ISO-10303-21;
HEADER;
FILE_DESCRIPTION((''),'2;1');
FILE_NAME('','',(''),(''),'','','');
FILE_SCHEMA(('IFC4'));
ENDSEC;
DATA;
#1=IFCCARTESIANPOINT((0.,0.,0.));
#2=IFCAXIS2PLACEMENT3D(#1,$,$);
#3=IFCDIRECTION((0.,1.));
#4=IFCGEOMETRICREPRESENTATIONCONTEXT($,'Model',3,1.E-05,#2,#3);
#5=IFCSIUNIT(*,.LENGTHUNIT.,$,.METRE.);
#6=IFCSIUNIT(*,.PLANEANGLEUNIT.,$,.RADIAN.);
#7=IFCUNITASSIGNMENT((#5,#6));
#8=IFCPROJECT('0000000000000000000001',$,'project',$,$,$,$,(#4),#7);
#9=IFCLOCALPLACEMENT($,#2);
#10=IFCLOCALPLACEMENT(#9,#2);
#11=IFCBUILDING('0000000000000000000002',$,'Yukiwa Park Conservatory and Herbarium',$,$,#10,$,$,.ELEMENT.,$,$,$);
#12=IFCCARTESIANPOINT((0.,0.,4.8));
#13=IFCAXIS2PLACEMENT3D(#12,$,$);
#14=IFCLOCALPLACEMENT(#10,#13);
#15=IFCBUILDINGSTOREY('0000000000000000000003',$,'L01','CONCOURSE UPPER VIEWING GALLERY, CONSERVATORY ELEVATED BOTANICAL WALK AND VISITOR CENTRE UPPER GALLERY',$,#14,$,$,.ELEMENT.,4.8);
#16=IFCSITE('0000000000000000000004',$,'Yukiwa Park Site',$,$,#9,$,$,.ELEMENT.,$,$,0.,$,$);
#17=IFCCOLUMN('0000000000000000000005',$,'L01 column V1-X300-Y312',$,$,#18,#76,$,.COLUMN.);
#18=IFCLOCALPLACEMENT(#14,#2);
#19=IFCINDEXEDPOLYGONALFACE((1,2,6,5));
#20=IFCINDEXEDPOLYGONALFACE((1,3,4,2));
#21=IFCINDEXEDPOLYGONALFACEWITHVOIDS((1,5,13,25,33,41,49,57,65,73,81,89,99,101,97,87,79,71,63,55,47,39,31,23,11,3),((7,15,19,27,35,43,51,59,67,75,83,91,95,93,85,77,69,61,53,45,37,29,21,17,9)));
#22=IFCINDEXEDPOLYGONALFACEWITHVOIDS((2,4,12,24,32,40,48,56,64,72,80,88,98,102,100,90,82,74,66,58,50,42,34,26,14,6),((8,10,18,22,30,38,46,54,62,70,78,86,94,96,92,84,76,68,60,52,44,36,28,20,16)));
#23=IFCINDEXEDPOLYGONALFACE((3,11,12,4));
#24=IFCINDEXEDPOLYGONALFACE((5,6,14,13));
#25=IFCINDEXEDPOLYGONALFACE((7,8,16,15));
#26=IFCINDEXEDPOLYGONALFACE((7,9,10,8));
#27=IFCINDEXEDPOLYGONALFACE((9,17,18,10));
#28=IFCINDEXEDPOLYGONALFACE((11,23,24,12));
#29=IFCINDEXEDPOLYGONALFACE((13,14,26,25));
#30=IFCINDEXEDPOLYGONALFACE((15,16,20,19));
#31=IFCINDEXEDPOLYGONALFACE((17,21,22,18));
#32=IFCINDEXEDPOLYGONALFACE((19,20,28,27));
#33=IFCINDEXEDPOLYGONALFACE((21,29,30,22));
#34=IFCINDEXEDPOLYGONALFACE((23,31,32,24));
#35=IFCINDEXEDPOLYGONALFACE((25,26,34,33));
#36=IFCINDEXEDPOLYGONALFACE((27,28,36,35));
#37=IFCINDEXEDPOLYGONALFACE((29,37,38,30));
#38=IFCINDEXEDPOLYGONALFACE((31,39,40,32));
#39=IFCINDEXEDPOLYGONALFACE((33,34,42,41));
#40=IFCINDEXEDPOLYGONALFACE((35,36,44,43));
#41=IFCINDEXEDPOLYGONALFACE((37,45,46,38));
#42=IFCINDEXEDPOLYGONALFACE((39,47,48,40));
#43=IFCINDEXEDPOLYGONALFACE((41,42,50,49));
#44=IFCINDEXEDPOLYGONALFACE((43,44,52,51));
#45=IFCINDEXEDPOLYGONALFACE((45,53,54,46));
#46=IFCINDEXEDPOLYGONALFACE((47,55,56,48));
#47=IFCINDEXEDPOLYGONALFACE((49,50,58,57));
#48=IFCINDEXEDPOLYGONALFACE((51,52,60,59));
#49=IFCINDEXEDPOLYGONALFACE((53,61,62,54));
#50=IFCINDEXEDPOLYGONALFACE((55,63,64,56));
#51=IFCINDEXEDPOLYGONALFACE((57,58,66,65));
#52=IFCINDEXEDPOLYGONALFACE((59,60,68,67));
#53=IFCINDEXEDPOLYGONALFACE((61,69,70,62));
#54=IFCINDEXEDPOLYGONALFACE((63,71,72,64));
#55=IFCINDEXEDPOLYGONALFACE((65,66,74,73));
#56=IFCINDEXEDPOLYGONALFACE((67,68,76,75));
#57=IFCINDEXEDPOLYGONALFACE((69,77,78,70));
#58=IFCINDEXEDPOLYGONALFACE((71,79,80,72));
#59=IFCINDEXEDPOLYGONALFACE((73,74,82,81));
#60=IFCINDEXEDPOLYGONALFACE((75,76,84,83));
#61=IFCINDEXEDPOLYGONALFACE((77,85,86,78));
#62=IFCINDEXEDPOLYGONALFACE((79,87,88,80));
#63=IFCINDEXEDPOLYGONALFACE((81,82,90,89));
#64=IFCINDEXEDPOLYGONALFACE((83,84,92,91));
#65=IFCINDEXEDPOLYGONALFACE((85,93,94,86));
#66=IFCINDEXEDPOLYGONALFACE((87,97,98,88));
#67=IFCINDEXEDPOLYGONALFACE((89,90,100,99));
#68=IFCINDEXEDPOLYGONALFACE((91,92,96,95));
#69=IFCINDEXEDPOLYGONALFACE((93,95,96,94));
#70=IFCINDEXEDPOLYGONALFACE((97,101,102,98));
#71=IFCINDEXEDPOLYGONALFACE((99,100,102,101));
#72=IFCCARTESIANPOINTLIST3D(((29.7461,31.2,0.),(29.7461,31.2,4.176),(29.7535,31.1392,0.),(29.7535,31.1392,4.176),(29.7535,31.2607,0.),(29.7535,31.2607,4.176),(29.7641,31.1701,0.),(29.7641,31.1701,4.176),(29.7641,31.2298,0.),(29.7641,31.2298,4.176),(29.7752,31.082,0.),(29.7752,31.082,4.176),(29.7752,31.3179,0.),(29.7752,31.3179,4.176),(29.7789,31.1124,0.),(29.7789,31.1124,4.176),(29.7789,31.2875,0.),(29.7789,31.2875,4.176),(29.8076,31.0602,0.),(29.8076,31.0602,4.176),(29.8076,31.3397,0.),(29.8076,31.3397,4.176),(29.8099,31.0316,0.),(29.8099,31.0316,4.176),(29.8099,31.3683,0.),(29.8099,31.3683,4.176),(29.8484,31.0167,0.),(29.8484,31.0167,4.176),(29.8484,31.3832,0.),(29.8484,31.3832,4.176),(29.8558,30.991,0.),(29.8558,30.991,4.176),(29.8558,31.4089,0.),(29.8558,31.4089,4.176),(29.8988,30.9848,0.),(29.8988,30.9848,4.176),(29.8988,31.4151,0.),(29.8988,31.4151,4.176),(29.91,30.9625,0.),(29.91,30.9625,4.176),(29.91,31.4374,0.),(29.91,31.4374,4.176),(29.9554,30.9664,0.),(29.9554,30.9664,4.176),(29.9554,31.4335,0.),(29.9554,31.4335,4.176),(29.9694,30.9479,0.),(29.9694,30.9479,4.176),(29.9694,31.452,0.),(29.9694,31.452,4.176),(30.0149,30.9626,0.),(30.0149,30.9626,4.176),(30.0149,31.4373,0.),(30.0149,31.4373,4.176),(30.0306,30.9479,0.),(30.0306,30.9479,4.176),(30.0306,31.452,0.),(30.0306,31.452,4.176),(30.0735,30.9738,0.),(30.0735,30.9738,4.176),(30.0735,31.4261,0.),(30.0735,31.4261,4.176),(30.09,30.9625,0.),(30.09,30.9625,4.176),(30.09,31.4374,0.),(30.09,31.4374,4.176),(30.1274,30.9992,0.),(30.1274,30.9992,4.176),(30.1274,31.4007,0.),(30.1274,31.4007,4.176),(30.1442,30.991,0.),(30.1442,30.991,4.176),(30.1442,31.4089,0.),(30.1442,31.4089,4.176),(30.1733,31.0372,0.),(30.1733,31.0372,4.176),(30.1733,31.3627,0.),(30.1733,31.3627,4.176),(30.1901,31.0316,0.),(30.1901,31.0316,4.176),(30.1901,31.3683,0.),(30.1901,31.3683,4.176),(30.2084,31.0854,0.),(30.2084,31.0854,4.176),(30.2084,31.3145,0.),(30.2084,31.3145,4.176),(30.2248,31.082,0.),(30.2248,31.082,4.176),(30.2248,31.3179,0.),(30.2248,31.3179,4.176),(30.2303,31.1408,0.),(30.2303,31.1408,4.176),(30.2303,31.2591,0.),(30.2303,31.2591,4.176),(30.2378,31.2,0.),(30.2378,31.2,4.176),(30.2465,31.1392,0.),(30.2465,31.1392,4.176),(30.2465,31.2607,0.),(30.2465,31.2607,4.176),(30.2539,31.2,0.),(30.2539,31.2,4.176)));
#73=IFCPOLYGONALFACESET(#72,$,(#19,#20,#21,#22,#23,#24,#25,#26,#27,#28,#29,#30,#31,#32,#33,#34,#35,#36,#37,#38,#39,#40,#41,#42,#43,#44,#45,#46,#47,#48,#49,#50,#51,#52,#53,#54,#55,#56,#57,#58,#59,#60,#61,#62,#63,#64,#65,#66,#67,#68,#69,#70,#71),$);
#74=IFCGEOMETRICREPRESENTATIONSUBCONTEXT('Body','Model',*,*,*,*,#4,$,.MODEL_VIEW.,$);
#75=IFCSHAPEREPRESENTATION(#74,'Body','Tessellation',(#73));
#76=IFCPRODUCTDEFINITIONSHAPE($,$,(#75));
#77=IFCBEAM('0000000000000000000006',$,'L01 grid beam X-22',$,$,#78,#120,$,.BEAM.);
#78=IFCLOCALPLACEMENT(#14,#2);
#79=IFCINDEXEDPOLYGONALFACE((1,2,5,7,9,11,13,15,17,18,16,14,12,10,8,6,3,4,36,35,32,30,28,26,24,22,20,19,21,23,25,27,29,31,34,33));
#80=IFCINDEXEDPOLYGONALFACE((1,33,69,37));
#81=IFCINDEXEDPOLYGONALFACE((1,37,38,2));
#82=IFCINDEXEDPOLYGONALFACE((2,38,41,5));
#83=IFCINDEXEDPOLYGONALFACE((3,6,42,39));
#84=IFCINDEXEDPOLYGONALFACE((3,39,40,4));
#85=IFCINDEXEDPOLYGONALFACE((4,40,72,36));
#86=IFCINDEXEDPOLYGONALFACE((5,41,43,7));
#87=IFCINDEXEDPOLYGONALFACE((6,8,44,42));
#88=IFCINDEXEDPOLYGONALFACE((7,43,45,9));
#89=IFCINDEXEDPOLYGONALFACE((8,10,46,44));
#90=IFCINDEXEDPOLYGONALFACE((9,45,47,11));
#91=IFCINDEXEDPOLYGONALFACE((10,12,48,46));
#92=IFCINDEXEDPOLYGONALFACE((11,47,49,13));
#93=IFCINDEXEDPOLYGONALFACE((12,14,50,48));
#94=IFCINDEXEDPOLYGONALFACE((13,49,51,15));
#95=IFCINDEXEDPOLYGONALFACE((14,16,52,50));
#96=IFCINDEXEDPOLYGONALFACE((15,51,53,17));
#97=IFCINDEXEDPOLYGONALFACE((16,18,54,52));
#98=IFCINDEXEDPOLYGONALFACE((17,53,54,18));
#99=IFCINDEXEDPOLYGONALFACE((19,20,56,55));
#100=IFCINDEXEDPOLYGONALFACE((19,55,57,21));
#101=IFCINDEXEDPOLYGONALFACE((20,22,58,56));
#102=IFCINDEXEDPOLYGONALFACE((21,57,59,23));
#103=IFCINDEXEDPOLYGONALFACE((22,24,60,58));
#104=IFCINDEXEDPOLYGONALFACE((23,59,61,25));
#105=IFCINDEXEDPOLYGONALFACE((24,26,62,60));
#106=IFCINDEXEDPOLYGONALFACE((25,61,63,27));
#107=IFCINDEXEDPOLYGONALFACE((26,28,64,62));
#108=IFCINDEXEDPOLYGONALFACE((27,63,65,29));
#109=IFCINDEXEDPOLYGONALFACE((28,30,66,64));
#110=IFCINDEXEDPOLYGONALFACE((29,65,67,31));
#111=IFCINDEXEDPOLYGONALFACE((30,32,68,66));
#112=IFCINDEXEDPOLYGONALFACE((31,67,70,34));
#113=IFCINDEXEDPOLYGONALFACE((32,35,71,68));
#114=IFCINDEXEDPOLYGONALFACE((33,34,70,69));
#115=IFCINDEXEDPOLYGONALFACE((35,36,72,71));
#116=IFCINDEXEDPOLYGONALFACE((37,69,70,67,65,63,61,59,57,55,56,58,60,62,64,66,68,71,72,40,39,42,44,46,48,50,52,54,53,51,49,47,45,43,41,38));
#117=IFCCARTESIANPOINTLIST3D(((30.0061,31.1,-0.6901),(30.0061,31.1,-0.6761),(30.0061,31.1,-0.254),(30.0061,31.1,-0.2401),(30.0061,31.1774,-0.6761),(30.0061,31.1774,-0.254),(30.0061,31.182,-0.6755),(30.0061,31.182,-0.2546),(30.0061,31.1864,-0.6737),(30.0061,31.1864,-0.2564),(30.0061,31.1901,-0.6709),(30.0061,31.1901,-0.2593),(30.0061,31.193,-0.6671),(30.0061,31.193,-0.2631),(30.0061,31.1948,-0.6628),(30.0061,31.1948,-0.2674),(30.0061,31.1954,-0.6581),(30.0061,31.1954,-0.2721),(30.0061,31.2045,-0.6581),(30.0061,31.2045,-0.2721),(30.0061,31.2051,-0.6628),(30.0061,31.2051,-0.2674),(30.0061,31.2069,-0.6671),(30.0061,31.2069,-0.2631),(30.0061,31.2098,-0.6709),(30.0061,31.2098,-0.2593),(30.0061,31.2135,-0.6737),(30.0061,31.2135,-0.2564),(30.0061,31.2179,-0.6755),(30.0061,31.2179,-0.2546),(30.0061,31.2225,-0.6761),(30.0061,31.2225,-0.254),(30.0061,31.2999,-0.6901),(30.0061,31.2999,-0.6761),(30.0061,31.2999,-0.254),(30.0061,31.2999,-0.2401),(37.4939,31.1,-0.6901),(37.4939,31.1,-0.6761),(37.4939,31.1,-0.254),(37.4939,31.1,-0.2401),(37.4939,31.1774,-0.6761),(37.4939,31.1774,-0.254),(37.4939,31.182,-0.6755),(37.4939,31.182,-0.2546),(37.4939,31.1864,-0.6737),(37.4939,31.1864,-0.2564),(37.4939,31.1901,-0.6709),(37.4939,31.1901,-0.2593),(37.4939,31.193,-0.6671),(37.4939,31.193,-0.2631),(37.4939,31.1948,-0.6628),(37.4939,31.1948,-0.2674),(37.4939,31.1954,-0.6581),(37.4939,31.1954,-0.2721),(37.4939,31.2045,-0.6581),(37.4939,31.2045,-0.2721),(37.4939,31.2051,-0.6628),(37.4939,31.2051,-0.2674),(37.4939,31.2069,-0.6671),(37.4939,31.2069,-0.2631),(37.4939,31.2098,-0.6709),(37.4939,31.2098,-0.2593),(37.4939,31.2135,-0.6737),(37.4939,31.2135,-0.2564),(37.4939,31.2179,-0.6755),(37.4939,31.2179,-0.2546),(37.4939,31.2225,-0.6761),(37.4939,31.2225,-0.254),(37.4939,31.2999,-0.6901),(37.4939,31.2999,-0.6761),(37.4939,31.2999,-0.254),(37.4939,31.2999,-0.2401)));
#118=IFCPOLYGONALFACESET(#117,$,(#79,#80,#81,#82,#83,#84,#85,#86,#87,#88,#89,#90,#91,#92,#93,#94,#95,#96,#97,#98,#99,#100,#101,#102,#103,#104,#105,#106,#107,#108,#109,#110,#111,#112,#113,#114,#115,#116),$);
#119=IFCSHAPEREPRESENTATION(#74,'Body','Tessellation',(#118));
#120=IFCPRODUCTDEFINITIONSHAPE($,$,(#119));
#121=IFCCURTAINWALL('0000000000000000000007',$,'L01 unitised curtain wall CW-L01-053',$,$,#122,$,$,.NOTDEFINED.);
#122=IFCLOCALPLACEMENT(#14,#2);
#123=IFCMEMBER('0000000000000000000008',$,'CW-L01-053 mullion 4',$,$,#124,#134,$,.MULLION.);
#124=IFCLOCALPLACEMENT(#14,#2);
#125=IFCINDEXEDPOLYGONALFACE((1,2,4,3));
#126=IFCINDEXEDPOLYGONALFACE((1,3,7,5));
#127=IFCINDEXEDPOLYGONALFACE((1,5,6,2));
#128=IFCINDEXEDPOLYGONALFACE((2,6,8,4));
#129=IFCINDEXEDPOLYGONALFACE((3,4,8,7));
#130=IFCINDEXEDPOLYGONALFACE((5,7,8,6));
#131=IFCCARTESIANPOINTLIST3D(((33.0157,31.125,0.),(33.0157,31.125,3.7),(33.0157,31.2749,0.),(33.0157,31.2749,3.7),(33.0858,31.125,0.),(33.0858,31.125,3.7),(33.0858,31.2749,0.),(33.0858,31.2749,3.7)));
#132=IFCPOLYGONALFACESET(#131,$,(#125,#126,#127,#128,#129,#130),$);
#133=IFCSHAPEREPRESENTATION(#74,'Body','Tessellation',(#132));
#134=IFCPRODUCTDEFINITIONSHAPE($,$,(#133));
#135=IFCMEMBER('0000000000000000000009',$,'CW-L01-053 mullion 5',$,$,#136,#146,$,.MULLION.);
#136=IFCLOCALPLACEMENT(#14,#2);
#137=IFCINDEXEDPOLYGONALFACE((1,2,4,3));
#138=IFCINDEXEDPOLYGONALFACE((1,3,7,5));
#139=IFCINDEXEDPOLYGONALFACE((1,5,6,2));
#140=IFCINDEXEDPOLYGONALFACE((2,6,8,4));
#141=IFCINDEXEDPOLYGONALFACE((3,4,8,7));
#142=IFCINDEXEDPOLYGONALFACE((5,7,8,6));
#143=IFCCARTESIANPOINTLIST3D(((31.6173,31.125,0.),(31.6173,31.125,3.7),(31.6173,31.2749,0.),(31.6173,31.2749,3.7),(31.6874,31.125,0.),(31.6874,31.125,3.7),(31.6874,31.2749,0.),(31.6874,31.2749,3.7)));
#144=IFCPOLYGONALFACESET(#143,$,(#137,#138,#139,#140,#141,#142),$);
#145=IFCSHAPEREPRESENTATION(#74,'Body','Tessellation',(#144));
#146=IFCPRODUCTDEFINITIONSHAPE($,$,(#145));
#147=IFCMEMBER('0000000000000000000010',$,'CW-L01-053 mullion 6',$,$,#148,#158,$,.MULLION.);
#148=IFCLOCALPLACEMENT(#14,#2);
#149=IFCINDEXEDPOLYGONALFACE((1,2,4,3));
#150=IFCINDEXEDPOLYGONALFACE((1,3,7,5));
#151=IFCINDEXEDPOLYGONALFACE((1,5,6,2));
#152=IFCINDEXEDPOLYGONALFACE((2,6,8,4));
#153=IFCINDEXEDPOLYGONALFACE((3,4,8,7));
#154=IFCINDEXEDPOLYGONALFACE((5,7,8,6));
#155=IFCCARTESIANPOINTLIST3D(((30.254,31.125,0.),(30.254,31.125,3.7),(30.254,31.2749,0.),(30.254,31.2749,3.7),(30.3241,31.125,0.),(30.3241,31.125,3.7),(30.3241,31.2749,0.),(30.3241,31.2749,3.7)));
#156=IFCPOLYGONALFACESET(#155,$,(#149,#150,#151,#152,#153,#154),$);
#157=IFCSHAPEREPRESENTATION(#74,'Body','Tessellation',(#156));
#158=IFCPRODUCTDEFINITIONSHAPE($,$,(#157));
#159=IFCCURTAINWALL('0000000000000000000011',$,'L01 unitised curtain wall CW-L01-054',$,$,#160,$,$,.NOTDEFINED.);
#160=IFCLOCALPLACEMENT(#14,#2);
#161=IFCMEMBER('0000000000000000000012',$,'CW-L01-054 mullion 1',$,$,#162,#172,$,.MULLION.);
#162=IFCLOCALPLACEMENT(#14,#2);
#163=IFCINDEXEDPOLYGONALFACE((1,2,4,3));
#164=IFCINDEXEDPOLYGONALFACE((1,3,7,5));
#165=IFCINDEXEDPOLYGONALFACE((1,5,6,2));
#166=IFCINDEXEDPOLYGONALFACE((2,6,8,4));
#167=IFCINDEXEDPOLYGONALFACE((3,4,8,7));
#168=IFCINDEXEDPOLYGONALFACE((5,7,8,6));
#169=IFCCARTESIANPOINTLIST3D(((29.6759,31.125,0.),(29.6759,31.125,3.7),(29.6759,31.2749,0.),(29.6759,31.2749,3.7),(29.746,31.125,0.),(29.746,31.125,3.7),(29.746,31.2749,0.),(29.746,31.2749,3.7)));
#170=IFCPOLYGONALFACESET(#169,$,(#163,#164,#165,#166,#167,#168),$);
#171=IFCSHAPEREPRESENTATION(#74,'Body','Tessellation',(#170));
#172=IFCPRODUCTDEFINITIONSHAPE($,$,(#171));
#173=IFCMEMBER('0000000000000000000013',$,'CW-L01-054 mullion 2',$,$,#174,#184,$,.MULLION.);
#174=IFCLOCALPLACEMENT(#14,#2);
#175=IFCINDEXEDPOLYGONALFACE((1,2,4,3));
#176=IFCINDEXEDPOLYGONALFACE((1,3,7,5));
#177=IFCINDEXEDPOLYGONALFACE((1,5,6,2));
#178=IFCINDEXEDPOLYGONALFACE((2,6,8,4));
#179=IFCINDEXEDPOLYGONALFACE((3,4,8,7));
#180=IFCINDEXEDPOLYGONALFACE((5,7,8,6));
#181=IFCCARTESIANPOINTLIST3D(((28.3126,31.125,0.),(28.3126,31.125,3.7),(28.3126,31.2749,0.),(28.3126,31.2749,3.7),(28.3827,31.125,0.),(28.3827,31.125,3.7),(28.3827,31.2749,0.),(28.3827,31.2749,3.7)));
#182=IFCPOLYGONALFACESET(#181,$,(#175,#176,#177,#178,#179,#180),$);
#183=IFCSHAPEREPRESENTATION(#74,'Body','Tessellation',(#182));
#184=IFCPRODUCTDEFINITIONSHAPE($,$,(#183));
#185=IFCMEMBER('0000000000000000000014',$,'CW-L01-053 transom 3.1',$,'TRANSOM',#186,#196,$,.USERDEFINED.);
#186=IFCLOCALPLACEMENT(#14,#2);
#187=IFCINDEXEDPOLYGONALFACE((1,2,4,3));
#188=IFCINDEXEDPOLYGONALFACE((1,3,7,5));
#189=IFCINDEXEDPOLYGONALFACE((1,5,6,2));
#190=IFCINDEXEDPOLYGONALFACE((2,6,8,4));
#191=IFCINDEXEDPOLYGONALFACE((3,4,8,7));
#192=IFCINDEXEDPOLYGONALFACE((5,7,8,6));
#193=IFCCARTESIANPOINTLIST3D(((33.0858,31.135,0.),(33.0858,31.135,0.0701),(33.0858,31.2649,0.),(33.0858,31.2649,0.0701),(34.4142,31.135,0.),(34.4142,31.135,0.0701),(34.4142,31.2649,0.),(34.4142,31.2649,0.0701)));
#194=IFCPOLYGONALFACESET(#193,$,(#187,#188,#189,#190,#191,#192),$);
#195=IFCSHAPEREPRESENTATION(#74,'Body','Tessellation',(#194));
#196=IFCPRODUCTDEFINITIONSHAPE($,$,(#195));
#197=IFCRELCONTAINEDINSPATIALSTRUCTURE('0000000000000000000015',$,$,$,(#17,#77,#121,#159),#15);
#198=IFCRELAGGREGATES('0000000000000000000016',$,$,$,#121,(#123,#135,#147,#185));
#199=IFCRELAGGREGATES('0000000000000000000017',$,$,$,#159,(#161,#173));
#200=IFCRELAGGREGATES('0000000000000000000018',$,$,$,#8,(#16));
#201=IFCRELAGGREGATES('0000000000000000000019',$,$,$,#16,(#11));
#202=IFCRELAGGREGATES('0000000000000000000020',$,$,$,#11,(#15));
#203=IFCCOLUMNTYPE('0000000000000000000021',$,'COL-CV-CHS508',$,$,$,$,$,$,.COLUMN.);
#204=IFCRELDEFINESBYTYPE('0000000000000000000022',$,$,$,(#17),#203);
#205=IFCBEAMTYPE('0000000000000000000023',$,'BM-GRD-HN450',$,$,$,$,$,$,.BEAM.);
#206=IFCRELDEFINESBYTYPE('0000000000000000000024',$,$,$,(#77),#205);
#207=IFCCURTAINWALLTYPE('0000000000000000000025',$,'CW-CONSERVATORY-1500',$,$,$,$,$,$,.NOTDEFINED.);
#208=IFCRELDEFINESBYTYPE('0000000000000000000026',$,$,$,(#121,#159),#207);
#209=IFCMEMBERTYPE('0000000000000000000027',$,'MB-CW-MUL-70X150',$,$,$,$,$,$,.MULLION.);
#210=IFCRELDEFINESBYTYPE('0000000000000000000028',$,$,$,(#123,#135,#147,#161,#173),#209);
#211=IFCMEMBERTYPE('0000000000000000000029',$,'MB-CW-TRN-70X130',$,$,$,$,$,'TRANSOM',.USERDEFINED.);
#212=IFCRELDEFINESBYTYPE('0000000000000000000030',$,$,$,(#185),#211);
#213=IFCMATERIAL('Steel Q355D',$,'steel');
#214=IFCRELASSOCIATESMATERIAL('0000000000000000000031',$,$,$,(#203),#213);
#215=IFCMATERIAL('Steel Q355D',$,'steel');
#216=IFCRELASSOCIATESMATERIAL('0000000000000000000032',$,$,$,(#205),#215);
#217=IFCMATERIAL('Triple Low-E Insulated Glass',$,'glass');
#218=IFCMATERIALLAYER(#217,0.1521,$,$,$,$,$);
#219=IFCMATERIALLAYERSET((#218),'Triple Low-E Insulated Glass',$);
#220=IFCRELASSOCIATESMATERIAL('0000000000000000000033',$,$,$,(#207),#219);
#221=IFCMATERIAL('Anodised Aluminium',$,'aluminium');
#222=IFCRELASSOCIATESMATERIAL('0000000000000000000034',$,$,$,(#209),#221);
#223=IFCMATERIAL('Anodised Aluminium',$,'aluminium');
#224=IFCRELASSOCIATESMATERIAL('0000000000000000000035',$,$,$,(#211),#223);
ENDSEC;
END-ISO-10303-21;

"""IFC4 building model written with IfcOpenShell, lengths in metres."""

from ifc_helpers import new_model, si_unit, direction, frame, origin, origin_2d, place, context, subcontext, project, spatial, rectangle, hollow_circle, i_section, extrude, material, layer, layer_set, material_profile, profile_set, type_object, element, aggregate, save


model = new_model("IFC4")

# Units and contexts
model_context = context("Model", 3, precision=1e-05, world=origin(), true_north=direction((0.0, 1.0)))
body_context = subcontext(model_context, "Body", "Model", "MODEL_VIEW")
ifc_project = project(units=[si_unit("LENGTHUNIT", "METRE"), si_unit("PLANEANGLEUNIT", "RADIAN")], contexts=[model_context])

# Site, building, storey
site_placement = place(None, origin())
site = spatial("IfcSite", under=ifc_project, at=site_placement, Name="Yukiwa Park Site", CompositionType="ELEMENT", RefElevation=0.0)
building_placement = place(site_placement, origin())
building = spatial("IfcBuilding", under=site, at=building_placement, Name="Yukiwa Park Conservatory and Herbarium", CompositionType="ELEMENT")
storey_placement = place(building_placement, frame((0.0, 0.0, 4.8)))
storey = spatial("IfcBuildingStorey", under=building, at=storey_placement, Name="L01", Description="CONCOURSE UPPER VIEWING GALLERY, CONSERVATORY ELEVATED BOTANICAL WALK AND VISITOR CENTRE UPPER GALLERY", CompositionType="ELEMENT", Elevation=4.8)

# Column
ifc_material_1 = material(Name="Steel Q355D", Category="steel")
ifc_material_profile_1 = material_profile(ifc_material_1, hollow_circle(Radius=0.2539, WallThickness=0.0161, at=origin_2d()), Name="CHS 508x16")
ifc_profile_set_1 = profile_set([ifc_material_profile_1], Name="Steel Q355D")
column_type = type_object("IfcColumnType", Name="COL-CV-CHS508", PredefinedType="COLUMN", material=ifc_profile_set_1)
column_placement = place(storey_placement, frame((30.0, 31.2, 0.0), z_axis=(0.0, 0.0, 1.0), x_axis=(1.0, 0.0, 0.0)))
element("IfcColumn", 1, at=column_placement, inside=storey, type_object=column_type, Name="L01 column V1-X300-Y312", PredefinedType="COLUMN", context=body_context, shape_type="SweptSolid", body=[
    extrude(hollow_circle(Radius=0.2539, WallThickness=0.0161, at=origin_2d()), origin(), (0.0, 0.0, 1.0), 4.176),
])

# Beam
ifc_material_2 = material(Name="Steel Q355D", Category="steel")
ifc_material_profile_2 = material_profile(ifc_material_2, i_section(OverallWidth=0.2, OverallDepth=0.45, WebThickness=0.009, FlangeThickness=0.0139, FilletRadius=0.0181, at=origin_2d()), Name="HN 450x200x9x14")
ifc_profile_set_2 = profile_set([ifc_material_profile_2], Name="Steel Q355D")
beam_type = type_object("IfcBeamType", Name="BM-GRD-HN450", PredefinedType="BEAM", material=ifc_profile_set_2)
beam_placement = place(storey_placement, frame((30.0061, 31.2, -0.4651), z_axis=(1.0, 0.0, 0.0), x_axis=(0.0, 1.0, 0.0)))
element("IfcBeam", 2, at=beam_placement, inside=storey, type_object=beam_type, Name="L01 grid beam X-22", PredefinedType="BEAM", context=body_context, shape_type="SweptSolid", body=[
    extrude(i_section(OverallWidth=0.2, OverallDepth=0.45, WebThickness=0.009, FlangeThickness=0.0139, FilletRadius=0.0181, at=origin_2d()), origin(), (0.0, 0.0, 1.0), 7.4878),
])

# Curtain walls, members
ifc_material_3 = material(Name="Triple Low-E Insulated Glass", Category="glass")
ifc_layer_1 = layer(ifc_material_3, 0.1521)
ifc_layer_set_1 = layer_set([ifc_layer_1], Name="Triple Low-E Insulated Glass")
curtain_wall_type = type_object("IfcCurtainWallType", Name="CW-CONSERVATORY-1500", PredefinedType="NOTDEFINED", material=ifc_layer_set_1)
curtain_wall_1_placement = place(storey_placement, origin())
curtain_wall_1 = element("IfcCurtainWall", 3, at=curtain_wall_1_placement, inside=storey, type_object=curtain_wall_type, Name="L01 unitised curtain wall CW-L01-053", PredefinedType="NOTDEFINED")
ifc_material_4 = material(Name="Anodised Aluminium", Category="aluminium")
member_type_1 = type_object("IfcMemberType", Name="MB-CW-MUL-70X150", PredefinedType="MULLION", material=ifc_material_4)
member_1_placement = place(storey_placement, frame((33.0508, 31.2, 0.0), z_axis=(0.0, 0.0, 1.0), x_axis=(-1.0, 0.0, 0.0)))
member_1 = element("IfcMember", 4, at=member_1_placement, type_object=member_type_1, Name="CW-L01-053 mullion 4", PredefinedType="MULLION", context=body_context, shape_type="SweptSolid", body=[
    extrude(rectangle(XDim=0.0701, YDim=0.1499, at=origin_2d()), origin(), (0.0, 0.0, 1.0), 3.7),
])
member_2_placement = place(storey_placement, frame((31.6523, 31.2, 0.0), z_axis=(0.0, 0.0, 1.0), x_axis=(-1.0, 0.0, 0.0)))
member_2 = element("IfcMember", 5, at=member_2_placement, type_object=member_type_1, Name="CW-L01-053 mullion 5", PredefinedType="MULLION", context=body_context, shape_type="SweptSolid", body=[
    extrude(rectangle(XDim=0.0701, YDim=0.1499, at=origin_2d()), origin(), (0.0, 0.0, 1.0), 3.7),
])
member_3_placement = place(storey_placement, frame((30.2891, 31.2, 0.0), z_axis=(0.0, 0.0, 1.0), x_axis=(-1.0, 0.0, 0.0)))
member_3 = element("IfcMember", 6, at=member_3_placement, type_object=member_type_1, Name="CW-L01-053 mullion 6", PredefinedType="MULLION", context=body_context, shape_type="SweptSolid", body=[
    extrude(rectangle(XDim=0.0701, YDim=0.1499, at=origin_2d()), origin(), (0.0, 0.0, 1.0), 3.7),
])
curtain_wall_2_placement = place(storey_placement, origin())
curtain_wall_2 = element("IfcCurtainWall", 7, at=curtain_wall_2_placement, inside=storey, type_object=curtain_wall_type, Name="L01 unitised curtain wall CW-L01-054", PredefinedType="NOTDEFINED")
member_4_placement = place(storey_placement, frame((29.7109, 31.2, 0.0), z_axis=(0.0, 0.0, 1.0), x_axis=(-1.0, 0.0, 0.0)))
member_4 = element("IfcMember", 8, at=member_4_placement, type_object=member_type_1, Name="CW-L01-054 mullion 1", PredefinedType="MULLION", context=body_context, shape_type="SweptSolid", body=[
    extrude(rectangle(XDim=0.0701, YDim=0.1499, at=origin_2d()), origin(), (0.0, 0.0, 1.0), 3.7),
])
member_5_placement = place(storey_placement, frame((28.3477, 31.2, 0.0), z_axis=(0.0, 0.0, 1.0), x_axis=(-1.0, 0.0, 0.0)))
member_5 = element("IfcMember", 9, at=member_5_placement, type_object=member_type_1, Name="CW-L01-054 mullion 2", PredefinedType="MULLION", context=body_context, shape_type="SweptSolid", body=[
    extrude(rectangle(XDim=0.0701, YDim=0.1499, at=origin_2d()), origin(), (0.0, 0.0, 1.0), 3.7),
])

# Member
ifc_material_5 = material(Name="Anodised Aluminium", Category="aluminium")
member_type_2 = type_object("IfcMemberType", Name="MB-CW-TRN-70X130", ElementType="TRANSOM", PredefinedType="USERDEFINED", material=ifc_material_5)
member_6_placement = place(storey_placement, frame((33.75, 31.2, 0.0), z_axis=(0.0, 0.0, 1.0), x_axis=(-1.0, 0.0, 0.0)))
member_6 = element("IfcMember", 10, at=member_6_placement, type_object=member_type_2, Name="CW-L01-053 transom 3.1", ObjectType="TRANSOM", PredefinedType="USERDEFINED", context=body_context, shape_type="SweptSolid", body=[
    extrude(rectangle(XDim=1.3284, YDim=0.1299, at=origin_2d()), origin(), (0.0, 0.0, 1.0), 0.0701),
])

aggregate(curtain_wall_1, [member_1, member_2, member_3, member_6])
aggregate(curtain_wall_2, [member_4, member_5])

save(model, "model.ifc")
